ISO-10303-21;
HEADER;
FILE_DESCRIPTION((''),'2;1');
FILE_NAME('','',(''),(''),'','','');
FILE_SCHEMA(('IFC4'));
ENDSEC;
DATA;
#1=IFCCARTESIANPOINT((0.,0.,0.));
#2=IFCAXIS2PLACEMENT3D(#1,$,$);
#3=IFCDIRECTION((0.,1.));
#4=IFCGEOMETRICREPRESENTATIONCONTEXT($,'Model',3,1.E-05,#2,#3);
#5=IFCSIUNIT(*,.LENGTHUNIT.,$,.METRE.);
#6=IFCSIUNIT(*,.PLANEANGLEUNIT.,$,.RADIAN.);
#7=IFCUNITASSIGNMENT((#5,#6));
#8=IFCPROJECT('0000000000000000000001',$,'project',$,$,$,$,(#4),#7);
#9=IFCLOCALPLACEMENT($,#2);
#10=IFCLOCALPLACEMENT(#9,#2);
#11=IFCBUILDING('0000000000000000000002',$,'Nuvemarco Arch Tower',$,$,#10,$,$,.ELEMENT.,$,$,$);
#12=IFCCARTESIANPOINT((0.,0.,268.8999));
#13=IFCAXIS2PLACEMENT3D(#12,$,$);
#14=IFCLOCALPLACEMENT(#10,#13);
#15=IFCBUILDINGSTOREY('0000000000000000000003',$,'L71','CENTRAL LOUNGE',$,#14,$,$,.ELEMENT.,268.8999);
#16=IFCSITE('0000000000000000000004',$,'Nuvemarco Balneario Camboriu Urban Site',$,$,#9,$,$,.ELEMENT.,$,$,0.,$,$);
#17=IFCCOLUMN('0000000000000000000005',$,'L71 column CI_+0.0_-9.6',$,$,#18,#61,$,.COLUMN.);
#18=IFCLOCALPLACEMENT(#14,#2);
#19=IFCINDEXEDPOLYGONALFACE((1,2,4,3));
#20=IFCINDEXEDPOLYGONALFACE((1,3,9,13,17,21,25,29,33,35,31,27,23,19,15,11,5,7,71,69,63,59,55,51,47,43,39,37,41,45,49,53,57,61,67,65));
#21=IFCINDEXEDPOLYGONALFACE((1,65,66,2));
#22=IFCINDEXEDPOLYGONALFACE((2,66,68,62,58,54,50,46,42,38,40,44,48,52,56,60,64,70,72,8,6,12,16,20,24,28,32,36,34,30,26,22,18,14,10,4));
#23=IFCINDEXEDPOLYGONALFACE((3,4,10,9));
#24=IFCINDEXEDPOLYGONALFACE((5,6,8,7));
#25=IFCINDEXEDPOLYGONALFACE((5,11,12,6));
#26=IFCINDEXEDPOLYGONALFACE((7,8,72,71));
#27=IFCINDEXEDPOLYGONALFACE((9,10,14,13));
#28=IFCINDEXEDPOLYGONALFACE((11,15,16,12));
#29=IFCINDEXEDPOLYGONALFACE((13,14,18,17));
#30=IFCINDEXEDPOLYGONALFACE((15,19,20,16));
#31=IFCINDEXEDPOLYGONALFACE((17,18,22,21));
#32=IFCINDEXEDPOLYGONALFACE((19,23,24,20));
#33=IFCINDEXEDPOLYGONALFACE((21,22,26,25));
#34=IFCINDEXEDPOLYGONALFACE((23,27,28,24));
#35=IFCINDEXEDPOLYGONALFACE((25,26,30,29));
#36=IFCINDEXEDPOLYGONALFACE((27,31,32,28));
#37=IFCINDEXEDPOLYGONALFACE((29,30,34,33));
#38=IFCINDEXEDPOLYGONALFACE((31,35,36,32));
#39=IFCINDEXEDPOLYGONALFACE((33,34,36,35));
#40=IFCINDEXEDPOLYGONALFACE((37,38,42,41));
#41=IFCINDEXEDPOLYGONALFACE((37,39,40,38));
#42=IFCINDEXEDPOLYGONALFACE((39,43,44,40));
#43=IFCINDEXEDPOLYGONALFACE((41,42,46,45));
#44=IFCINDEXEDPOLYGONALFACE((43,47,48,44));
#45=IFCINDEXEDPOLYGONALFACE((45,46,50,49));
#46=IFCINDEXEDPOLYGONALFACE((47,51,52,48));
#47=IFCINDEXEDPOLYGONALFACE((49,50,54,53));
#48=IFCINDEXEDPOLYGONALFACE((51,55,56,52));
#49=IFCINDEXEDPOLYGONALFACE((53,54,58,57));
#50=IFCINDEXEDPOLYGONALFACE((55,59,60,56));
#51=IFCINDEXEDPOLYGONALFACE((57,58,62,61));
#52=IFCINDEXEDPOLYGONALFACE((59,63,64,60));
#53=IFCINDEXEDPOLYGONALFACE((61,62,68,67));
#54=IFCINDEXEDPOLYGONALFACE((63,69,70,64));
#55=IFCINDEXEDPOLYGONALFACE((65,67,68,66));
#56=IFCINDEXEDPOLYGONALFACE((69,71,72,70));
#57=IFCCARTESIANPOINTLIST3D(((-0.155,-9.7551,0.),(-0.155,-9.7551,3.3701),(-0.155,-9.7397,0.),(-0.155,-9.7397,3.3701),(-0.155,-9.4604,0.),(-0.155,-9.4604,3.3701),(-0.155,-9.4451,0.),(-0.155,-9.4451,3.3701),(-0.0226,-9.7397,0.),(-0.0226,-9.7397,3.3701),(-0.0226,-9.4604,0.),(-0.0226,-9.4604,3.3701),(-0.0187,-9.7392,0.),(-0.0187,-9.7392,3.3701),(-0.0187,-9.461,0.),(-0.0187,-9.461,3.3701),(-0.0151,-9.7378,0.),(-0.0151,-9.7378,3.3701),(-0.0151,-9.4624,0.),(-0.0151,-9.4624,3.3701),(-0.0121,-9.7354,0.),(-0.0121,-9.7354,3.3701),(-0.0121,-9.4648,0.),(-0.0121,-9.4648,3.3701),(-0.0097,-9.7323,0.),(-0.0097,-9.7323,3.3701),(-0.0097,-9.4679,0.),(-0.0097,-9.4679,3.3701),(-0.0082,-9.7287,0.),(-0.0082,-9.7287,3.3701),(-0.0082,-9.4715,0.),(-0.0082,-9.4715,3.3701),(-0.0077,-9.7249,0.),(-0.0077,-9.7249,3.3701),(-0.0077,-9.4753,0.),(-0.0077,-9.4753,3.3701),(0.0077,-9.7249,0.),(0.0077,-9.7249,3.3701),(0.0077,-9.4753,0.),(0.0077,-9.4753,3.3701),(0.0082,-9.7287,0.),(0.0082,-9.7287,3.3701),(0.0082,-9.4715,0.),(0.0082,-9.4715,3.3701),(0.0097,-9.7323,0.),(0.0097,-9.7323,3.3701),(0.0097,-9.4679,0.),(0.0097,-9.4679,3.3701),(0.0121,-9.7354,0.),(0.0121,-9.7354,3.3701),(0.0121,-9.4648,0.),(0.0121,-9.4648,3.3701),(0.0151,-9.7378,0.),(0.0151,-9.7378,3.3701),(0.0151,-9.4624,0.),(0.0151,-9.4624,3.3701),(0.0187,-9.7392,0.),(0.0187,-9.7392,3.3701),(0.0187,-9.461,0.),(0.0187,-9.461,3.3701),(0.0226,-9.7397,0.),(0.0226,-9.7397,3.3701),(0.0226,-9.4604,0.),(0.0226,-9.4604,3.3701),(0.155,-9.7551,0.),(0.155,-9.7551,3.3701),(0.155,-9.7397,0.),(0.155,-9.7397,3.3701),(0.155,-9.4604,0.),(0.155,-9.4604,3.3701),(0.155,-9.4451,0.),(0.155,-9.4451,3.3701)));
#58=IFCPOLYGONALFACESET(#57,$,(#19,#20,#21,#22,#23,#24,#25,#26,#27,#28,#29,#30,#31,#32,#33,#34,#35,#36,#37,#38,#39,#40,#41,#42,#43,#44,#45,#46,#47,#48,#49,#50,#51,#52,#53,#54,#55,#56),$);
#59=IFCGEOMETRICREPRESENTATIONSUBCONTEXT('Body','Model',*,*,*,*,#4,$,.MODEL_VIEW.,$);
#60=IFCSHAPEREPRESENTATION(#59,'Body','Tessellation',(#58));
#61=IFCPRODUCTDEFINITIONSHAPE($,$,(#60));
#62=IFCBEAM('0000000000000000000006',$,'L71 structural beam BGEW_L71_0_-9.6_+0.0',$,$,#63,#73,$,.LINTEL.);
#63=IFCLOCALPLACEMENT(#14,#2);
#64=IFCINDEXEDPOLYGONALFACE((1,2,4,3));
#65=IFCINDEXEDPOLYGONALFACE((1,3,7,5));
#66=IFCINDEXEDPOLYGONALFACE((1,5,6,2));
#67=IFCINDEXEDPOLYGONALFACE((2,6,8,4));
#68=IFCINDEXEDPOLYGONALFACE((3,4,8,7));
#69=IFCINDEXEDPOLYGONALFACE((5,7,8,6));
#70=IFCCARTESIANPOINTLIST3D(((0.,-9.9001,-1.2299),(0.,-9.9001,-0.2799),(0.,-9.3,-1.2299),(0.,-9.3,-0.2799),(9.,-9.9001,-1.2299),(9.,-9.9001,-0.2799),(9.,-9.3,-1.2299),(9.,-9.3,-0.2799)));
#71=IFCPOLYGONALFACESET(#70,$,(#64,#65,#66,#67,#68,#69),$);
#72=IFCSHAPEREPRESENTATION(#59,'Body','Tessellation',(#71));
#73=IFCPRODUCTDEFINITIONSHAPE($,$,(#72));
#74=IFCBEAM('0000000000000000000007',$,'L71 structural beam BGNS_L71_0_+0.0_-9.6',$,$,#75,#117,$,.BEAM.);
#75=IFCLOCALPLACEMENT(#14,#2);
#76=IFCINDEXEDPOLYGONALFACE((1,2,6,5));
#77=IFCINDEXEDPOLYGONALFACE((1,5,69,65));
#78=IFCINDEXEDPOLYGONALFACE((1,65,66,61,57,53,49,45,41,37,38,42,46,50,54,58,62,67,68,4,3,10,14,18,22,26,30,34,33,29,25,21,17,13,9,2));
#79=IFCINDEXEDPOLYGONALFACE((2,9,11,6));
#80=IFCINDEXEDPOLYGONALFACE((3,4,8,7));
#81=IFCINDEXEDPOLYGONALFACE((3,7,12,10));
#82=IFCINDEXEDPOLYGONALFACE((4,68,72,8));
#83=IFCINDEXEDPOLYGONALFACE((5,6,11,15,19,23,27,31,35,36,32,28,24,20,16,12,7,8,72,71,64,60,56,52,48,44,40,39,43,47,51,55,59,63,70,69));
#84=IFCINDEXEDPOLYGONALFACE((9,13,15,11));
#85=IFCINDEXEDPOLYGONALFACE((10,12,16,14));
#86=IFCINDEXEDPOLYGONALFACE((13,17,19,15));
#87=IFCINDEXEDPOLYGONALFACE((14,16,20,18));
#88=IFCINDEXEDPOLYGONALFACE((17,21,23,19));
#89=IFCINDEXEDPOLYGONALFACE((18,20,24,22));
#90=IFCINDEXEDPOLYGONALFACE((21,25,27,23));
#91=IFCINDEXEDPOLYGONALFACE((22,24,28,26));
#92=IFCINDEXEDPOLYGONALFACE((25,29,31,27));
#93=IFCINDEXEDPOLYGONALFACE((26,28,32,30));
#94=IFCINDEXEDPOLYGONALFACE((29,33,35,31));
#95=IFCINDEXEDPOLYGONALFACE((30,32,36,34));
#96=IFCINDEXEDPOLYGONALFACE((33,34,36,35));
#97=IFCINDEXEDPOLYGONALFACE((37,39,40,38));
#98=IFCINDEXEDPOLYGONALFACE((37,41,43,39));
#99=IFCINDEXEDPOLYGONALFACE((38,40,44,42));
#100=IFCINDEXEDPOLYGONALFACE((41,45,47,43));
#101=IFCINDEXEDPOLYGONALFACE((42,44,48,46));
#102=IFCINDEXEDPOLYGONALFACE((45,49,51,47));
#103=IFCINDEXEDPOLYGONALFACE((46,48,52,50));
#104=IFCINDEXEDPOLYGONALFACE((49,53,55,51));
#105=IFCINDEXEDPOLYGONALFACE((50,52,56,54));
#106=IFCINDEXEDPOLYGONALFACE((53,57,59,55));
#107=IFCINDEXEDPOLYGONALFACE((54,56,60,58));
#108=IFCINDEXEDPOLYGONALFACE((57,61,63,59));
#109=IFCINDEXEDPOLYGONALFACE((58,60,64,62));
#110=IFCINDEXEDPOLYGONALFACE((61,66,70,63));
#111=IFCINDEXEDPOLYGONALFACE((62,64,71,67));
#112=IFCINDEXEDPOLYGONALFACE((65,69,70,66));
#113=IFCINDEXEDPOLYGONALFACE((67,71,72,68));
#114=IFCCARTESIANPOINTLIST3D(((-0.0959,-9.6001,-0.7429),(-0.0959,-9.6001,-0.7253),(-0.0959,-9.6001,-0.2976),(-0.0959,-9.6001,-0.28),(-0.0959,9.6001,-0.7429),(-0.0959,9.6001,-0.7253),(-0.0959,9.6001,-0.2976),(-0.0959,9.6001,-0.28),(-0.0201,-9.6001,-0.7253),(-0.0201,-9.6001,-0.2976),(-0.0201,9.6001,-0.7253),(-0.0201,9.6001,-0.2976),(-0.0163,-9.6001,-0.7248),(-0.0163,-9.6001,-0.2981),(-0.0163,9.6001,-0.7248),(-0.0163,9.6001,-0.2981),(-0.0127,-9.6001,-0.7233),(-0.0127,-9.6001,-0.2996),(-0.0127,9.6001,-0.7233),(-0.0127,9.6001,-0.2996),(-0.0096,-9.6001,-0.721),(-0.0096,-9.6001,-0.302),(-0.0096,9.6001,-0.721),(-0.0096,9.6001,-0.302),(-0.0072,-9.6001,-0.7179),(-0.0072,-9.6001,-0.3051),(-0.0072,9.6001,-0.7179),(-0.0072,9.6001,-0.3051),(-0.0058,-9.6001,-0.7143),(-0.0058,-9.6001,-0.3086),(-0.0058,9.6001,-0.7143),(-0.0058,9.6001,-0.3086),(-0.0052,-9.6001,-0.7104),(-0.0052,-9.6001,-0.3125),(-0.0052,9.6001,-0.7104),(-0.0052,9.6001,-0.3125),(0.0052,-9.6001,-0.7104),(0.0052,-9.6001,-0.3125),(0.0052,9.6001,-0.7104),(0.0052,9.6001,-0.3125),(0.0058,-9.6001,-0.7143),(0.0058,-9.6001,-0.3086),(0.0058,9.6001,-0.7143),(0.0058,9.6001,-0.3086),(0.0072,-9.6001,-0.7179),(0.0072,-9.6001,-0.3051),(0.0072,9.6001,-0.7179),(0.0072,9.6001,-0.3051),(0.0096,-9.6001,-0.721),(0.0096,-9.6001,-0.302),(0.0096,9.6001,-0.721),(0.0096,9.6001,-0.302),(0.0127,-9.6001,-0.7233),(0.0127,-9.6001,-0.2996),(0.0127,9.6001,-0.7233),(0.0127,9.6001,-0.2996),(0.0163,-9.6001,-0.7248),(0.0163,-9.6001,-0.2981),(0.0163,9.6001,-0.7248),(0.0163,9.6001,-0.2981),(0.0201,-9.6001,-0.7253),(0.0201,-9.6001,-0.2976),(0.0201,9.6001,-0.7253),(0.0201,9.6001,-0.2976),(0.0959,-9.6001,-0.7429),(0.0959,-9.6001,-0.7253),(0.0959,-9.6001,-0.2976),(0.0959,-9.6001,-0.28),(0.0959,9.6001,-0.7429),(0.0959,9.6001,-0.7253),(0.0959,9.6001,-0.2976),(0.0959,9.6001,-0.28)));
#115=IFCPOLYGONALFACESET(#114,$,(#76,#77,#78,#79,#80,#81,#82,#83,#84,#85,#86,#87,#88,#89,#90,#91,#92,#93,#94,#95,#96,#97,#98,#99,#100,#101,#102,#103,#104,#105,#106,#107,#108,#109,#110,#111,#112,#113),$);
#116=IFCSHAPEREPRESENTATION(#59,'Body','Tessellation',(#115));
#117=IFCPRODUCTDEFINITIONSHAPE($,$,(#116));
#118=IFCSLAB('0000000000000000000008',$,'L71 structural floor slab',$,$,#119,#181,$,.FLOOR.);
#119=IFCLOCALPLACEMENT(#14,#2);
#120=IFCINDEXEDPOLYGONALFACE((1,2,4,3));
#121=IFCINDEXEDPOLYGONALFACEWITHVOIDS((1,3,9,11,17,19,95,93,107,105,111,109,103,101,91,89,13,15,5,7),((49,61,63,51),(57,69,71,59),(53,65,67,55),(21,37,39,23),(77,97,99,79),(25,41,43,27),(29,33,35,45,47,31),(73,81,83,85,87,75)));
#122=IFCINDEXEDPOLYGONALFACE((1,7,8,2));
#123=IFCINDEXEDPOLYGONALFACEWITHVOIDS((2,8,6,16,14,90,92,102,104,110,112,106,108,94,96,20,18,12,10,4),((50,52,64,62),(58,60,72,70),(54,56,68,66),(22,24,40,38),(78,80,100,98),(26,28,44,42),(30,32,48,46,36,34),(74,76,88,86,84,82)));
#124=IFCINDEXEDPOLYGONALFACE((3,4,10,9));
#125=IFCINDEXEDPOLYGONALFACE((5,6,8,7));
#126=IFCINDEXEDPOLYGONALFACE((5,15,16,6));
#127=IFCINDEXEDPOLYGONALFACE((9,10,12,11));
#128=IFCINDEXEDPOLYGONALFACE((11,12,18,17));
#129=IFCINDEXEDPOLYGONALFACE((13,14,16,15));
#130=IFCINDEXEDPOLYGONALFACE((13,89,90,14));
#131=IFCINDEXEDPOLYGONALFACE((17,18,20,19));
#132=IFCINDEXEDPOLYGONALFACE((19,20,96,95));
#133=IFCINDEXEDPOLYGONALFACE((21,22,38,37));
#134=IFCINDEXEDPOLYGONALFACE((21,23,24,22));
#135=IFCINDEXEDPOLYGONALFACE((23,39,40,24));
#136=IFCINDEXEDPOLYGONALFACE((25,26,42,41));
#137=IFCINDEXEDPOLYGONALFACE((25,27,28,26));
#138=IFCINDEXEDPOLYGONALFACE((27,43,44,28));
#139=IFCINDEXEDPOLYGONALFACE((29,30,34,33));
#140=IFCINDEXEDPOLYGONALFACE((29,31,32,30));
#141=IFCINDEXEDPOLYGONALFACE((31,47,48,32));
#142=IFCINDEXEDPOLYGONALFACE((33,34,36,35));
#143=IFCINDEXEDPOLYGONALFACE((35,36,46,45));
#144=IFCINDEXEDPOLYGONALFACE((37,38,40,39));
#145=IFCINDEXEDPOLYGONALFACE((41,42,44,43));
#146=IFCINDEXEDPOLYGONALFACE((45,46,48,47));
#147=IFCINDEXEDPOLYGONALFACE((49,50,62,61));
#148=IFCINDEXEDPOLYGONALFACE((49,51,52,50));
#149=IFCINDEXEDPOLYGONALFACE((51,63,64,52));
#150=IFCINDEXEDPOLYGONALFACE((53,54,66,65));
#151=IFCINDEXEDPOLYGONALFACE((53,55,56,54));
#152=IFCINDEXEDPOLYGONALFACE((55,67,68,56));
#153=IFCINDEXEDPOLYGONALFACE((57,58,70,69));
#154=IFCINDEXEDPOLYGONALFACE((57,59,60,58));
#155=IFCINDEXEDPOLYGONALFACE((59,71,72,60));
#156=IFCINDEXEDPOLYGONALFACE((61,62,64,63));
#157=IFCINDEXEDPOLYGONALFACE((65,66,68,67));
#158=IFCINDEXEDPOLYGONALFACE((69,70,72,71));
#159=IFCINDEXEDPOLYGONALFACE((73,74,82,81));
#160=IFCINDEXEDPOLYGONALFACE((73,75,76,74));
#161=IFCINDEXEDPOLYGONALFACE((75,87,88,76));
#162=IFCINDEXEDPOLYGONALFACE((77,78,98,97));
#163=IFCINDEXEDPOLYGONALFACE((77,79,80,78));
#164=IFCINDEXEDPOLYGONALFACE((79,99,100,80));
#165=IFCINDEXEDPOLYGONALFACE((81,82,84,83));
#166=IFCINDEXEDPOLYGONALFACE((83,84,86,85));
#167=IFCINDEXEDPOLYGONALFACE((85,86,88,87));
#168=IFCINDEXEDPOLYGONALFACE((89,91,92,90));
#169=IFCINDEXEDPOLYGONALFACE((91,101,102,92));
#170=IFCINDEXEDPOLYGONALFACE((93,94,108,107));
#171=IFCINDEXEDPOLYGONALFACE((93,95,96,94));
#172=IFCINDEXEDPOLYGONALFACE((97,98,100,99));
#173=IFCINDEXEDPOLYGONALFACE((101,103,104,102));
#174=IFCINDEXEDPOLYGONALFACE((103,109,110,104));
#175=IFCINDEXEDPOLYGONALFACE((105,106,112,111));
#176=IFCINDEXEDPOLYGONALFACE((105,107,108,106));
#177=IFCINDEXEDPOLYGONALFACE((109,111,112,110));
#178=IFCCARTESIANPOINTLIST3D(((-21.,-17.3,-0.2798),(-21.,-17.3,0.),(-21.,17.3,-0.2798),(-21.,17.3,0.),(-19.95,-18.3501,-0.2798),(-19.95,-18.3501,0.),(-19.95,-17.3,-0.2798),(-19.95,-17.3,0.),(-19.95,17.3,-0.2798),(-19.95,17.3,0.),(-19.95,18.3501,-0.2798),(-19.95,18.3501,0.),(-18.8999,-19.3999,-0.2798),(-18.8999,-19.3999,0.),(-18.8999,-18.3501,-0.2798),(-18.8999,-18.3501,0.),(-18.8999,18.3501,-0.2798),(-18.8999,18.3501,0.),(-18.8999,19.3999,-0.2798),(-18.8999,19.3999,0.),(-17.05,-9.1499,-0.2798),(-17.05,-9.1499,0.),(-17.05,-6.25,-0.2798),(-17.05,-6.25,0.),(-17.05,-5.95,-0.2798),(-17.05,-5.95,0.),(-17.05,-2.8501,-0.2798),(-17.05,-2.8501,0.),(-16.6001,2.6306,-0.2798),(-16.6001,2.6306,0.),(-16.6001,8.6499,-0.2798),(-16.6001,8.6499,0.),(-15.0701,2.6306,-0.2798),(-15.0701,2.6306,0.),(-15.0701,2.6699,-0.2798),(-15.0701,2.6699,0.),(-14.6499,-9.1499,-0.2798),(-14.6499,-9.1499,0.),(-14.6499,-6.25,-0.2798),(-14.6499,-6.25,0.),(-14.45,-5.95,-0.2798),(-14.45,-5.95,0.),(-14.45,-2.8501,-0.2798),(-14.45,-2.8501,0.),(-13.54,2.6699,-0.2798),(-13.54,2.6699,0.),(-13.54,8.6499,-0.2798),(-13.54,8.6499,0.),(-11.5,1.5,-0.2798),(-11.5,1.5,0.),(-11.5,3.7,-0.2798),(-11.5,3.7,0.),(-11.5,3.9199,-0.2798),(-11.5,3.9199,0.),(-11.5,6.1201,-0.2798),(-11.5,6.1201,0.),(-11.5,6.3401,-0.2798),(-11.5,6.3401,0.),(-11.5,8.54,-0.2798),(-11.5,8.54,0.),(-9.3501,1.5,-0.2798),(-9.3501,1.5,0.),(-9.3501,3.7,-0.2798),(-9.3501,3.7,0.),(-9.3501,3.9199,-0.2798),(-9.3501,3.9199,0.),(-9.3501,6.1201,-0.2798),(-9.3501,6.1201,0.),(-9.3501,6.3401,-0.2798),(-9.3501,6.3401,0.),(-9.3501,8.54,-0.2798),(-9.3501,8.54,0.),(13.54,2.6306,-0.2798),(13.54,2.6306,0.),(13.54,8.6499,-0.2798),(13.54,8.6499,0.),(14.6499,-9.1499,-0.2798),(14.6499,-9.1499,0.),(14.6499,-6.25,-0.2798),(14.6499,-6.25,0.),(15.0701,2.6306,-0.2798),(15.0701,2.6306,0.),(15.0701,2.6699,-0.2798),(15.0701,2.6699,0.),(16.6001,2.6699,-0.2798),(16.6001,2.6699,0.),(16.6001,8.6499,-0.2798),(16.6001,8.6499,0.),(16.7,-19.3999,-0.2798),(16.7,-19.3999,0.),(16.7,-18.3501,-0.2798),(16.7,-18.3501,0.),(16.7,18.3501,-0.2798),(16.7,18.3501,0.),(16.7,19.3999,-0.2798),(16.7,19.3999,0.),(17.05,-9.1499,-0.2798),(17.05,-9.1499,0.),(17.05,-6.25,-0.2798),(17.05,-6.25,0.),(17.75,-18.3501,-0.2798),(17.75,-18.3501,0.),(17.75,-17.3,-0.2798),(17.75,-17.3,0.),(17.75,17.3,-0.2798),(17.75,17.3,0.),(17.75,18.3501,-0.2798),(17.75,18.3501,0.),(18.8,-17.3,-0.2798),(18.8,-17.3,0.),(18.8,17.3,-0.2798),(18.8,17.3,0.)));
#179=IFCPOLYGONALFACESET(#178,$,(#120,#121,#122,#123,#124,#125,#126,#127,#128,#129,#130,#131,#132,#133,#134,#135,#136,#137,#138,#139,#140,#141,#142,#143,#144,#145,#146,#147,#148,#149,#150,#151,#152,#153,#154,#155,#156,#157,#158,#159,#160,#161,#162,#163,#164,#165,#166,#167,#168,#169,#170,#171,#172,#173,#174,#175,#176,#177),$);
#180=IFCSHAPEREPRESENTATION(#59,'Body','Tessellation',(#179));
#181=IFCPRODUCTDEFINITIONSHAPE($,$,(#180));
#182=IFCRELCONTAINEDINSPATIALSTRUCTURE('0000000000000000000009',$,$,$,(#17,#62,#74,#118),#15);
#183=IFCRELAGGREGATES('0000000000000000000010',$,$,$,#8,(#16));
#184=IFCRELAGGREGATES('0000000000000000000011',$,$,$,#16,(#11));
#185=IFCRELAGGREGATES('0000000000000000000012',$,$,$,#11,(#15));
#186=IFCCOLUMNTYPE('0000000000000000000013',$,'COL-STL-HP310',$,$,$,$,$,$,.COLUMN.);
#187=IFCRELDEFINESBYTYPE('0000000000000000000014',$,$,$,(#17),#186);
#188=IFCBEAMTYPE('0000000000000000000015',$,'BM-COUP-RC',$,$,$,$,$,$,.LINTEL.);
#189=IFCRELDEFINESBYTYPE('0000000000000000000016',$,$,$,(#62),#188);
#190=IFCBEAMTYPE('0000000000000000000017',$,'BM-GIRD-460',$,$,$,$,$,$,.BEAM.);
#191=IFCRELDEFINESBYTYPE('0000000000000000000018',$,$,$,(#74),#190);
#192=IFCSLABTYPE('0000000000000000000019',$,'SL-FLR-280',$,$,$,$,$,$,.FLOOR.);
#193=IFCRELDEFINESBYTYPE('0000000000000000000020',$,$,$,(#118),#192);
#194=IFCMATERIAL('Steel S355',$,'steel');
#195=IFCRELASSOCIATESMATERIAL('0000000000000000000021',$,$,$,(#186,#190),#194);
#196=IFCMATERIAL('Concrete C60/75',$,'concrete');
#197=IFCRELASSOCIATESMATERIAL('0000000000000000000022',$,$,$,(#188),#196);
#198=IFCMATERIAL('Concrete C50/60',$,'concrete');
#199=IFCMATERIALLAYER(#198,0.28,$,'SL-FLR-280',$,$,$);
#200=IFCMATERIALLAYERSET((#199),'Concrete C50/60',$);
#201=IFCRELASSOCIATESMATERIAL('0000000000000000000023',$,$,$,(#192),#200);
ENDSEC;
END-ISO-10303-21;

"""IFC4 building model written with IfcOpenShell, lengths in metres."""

from ifc_helpers import new_model, si_unit, direction, frame, origin, origin_2d, place, context, subcontext, project, spatial, polyline, rectangle, i_section, outline, extrude, material, layer, layer_set, material_profile, profile_set, type_object, element, save


model = new_model("IFC4")

# Units and contexts
model_context = context("Model", 3, precision=1e-05, world=origin(), true_north=direction((0.0, 1.0)))
body_context = subcontext(model_context, "Body", "Model", "MODEL_VIEW")
ifc_project = project(units=[si_unit("LENGTHUNIT", "METRE"), si_unit("PLANEANGLEUNIT", "RADIAN")], contexts=[model_context])

# Site, building, storey
site_placement = place(None, origin())
site = spatial("IfcSite", under=ifc_project, at=site_placement, Name="Nuvemarco Balneario Camboriu Urban Site", CompositionType="ELEMENT", RefElevation=0.0)
building_placement = place(site_placement, origin())
building = spatial("IfcBuilding", under=site, at=building_placement, Name="Nuvemarco Arch Tower", CompositionType="ELEMENT")
storey_placement = place(building_placement, frame((0.0, 0.0, 268.8999)))
storey = spatial("IfcBuildingStorey", under=building, at=storey_placement, Name="L71", Description="CENTRAL LOUNGE", CompositionType="ELEMENT", Elevation=268.8999)

# Column
ifc_material_1 = material(Name="Steel S355", Category="steel")
ifc_material_profile_1 = material_profile(ifc_material_1, i_section(OverallWidth=0.3101, OverallDepth=0.3101, WebThickness=0.0154, FlangeThickness=0.0154, FilletRadius=0.0149, at=origin_2d()), Name="HP310x110")
ifc_profile_set_1 = profile_set([ifc_material_profile_1], Name="Steel S355")
column_type = type_object("IfcColumnType", Name="COL-STL-HP310", PredefinedType="COLUMN", material=ifc_profile_set_1)
column_placement = place(storey_placement, frame((0.0, -9.6001, 0.0), z_axis=(0.0, 0.0, 1.0), x_axis=(1.0, 0.0, 0.0)))
element("IfcColumn", 1, at=column_placement, inside=storey, type_object=column_type, Name="L71 column CI_+0.0_-9.6", PredefinedType="COLUMN", context=body_context, shape_type="SweptSolid", body=[
    extrude(i_section(OverallWidth=0.3101, OverallDepth=0.3101, WebThickness=0.0154, FlangeThickness=0.0154, FilletRadius=0.0149, at=origin_2d()), origin(), (0.0, 0.0, 1.0), 3.3701),
])

# Beams
ifc_material_2 = material(Name="Concrete C60/75", Category="concrete")
ifc_material_profile_2 = material_profile(ifc_material_2, rectangle(XDim=0.6001, YDim=0.95, at=origin_2d()), Name="RC-BM-600x950")
ifc_profile_set_2 = profile_set([ifc_material_profile_2], Name="Concrete C60/75")
beam_type_1 = type_object("IfcBeamType", Name="BM-COUP-RC", PredefinedType="LINTEL", material=ifc_profile_set_2)
beam_1_placement = place(storey_placement, frame((0.0, -9.6001, -0.7549), z_axis=(1.0, 0.0, 0.0), x_axis=(0.0, 1.0, 0.0)))
element("IfcBeam", 2, at=beam_1_placement, inside=storey, type_object=beam_type_1, Name="L71 structural beam BGEW_L71_0_-9.6_+0.0", PredefinedType="LINTEL", context=body_context, shape_type="SweptSolid", body=[
    extrude(rectangle(XDim=0.6001, YDim=0.95, at=origin_2d()), origin(), (0.0, 0.0, 1.0), 9.0),
])
ifc_material_profile_3 = material_profile(ifc_material_1, i_section(OverallWidth=0.1919, OverallDepth=0.4629, WebThickness=0.0105, FlangeThickness=0.0176, FilletRadius=0.0149, at=origin_2d()), Name="W460x89")
ifc_profile_set_3 = profile_set([ifc_material_profile_3], Name="Steel S355")
beam_type_2 = type_object("IfcBeamType", Name="BM-GIRD-460", PredefinedType="BEAM", material=ifc_profile_set_3)
beam_2_placement = place(storey_placement, frame((0.0, -9.6001, -0.5115), z_axis=(0.0, 1.0, 0.0), x_axis=(-1.0, 0.0, 0.0)))
element("IfcBeam", 3, at=beam_2_placement, inside=storey, type_object=beam_type_2, Name="L71 structural beam BGNS_L71_0_+0.0_-9.6", PredefinedType="BEAM", context=body_context, shape_type="SweptSolid", body=[
    extrude(i_section(OverallWidth=0.1919, OverallDepth=0.4629, WebThickness=0.0105, FlangeThickness=0.0176, FilletRadius=0.0149, at=origin_2d()), origin(), (0.0, 0.0, 1.0), 19.2002),
])

# Slab
ifc_material_3 = material(Name="Concrete C50/60", Category="concrete")
ifc_layer_1 = layer(ifc_material_3, 0.28, Name="SL-FLR-280")
ifc_layer_set_1 = layer_set([ifc_layer_1], Name="Concrete C50/60")
slab_type_1 = type_object("IfcSlabType", Name="SL-FLR-280", PredefinedType="FLOOR", material=ifc_layer_set_1)
slab_1_placement = place(storey_placement, frame((0.0, 0.0, -0.2798)))
element("IfcSlab", 4, at=slab_1_placement, inside=storey, type_object=slab_type_1, Name="L71 structural floor slab", PredefinedType="FLOOR", context=body_context, shape_type="SweptSolid", body=[
    extrude(outline(polyline([(-18.8999, -19.3999), (16.7, -19.3999), (16.7, -18.3501), (17.75, -18.3501), (17.75, -17.3), (18.8, -17.3), (18.8, 17.3), (17.75, 17.3), (17.75, 18.3501), (16.7, 18.3501), (16.7, 19.3999), (-18.8999, 19.3999), (-18.8999, 18.3501), (-19.95, 18.3501), (-19.95, 17.3), (-21.0, 17.3), (-21.0, -17.3), (-19.95, -17.3), (-19.95, -18.3501), (-18.8999, -18.3501), (-18.8999, -19.3999)]), holes=[polyline([(-13.54, 2.6699), (-13.54, 8.6499), (-16.6001, 8.6499), (-16.6001, 2.6306), (-15.0701, 2.6306), (-15.0701, 2.6699), (-13.54, 2.6699)]), polyline([(16.6001, 2.6699), (16.6001, 8.6499), (13.54, 8.6499), (13.54, 2.6306), (15.0701, 2.6306), (15.0701, 2.6699), (16.6001, 2.6699)]), polyline([(-17.05, -9.1499), (-14.6499, -9.1499), (-14.6499, -6.25), (-17.05, -6.25), (-17.05, -9.1499)]), polyline([(-17.05, -5.95), (-14.45, -5.95), (-14.45, -2.8501), (-17.05, -2.8501), (-17.05, -5.95)]), polyline([(-11.5, 1.5), (-9.3501, 1.5), (-9.3501, 3.7), (-11.5, 3.7), (-11.5, 1.5)]), polyline([(-11.5, 3.9199), (-9.3501, 3.9199), (-9.3501, 6.1201), (-11.5, 6.1201), (-11.5, 3.9199)]), polyline([(-11.5, 6.3401), (-9.3501, 6.3401), (-9.3501, 8.54), (-11.5, 8.54), (-11.5, 6.3401)]), polyline([(14.6499, -9.1499), (17.05, -9.1499), (17.05, -6.25), (14.6499, -6.25), (14.6499, -9.1499)])]), origin(), (0.0, 0.0, 1.0), 0.2798),
])

save(model, "model.ifc")
